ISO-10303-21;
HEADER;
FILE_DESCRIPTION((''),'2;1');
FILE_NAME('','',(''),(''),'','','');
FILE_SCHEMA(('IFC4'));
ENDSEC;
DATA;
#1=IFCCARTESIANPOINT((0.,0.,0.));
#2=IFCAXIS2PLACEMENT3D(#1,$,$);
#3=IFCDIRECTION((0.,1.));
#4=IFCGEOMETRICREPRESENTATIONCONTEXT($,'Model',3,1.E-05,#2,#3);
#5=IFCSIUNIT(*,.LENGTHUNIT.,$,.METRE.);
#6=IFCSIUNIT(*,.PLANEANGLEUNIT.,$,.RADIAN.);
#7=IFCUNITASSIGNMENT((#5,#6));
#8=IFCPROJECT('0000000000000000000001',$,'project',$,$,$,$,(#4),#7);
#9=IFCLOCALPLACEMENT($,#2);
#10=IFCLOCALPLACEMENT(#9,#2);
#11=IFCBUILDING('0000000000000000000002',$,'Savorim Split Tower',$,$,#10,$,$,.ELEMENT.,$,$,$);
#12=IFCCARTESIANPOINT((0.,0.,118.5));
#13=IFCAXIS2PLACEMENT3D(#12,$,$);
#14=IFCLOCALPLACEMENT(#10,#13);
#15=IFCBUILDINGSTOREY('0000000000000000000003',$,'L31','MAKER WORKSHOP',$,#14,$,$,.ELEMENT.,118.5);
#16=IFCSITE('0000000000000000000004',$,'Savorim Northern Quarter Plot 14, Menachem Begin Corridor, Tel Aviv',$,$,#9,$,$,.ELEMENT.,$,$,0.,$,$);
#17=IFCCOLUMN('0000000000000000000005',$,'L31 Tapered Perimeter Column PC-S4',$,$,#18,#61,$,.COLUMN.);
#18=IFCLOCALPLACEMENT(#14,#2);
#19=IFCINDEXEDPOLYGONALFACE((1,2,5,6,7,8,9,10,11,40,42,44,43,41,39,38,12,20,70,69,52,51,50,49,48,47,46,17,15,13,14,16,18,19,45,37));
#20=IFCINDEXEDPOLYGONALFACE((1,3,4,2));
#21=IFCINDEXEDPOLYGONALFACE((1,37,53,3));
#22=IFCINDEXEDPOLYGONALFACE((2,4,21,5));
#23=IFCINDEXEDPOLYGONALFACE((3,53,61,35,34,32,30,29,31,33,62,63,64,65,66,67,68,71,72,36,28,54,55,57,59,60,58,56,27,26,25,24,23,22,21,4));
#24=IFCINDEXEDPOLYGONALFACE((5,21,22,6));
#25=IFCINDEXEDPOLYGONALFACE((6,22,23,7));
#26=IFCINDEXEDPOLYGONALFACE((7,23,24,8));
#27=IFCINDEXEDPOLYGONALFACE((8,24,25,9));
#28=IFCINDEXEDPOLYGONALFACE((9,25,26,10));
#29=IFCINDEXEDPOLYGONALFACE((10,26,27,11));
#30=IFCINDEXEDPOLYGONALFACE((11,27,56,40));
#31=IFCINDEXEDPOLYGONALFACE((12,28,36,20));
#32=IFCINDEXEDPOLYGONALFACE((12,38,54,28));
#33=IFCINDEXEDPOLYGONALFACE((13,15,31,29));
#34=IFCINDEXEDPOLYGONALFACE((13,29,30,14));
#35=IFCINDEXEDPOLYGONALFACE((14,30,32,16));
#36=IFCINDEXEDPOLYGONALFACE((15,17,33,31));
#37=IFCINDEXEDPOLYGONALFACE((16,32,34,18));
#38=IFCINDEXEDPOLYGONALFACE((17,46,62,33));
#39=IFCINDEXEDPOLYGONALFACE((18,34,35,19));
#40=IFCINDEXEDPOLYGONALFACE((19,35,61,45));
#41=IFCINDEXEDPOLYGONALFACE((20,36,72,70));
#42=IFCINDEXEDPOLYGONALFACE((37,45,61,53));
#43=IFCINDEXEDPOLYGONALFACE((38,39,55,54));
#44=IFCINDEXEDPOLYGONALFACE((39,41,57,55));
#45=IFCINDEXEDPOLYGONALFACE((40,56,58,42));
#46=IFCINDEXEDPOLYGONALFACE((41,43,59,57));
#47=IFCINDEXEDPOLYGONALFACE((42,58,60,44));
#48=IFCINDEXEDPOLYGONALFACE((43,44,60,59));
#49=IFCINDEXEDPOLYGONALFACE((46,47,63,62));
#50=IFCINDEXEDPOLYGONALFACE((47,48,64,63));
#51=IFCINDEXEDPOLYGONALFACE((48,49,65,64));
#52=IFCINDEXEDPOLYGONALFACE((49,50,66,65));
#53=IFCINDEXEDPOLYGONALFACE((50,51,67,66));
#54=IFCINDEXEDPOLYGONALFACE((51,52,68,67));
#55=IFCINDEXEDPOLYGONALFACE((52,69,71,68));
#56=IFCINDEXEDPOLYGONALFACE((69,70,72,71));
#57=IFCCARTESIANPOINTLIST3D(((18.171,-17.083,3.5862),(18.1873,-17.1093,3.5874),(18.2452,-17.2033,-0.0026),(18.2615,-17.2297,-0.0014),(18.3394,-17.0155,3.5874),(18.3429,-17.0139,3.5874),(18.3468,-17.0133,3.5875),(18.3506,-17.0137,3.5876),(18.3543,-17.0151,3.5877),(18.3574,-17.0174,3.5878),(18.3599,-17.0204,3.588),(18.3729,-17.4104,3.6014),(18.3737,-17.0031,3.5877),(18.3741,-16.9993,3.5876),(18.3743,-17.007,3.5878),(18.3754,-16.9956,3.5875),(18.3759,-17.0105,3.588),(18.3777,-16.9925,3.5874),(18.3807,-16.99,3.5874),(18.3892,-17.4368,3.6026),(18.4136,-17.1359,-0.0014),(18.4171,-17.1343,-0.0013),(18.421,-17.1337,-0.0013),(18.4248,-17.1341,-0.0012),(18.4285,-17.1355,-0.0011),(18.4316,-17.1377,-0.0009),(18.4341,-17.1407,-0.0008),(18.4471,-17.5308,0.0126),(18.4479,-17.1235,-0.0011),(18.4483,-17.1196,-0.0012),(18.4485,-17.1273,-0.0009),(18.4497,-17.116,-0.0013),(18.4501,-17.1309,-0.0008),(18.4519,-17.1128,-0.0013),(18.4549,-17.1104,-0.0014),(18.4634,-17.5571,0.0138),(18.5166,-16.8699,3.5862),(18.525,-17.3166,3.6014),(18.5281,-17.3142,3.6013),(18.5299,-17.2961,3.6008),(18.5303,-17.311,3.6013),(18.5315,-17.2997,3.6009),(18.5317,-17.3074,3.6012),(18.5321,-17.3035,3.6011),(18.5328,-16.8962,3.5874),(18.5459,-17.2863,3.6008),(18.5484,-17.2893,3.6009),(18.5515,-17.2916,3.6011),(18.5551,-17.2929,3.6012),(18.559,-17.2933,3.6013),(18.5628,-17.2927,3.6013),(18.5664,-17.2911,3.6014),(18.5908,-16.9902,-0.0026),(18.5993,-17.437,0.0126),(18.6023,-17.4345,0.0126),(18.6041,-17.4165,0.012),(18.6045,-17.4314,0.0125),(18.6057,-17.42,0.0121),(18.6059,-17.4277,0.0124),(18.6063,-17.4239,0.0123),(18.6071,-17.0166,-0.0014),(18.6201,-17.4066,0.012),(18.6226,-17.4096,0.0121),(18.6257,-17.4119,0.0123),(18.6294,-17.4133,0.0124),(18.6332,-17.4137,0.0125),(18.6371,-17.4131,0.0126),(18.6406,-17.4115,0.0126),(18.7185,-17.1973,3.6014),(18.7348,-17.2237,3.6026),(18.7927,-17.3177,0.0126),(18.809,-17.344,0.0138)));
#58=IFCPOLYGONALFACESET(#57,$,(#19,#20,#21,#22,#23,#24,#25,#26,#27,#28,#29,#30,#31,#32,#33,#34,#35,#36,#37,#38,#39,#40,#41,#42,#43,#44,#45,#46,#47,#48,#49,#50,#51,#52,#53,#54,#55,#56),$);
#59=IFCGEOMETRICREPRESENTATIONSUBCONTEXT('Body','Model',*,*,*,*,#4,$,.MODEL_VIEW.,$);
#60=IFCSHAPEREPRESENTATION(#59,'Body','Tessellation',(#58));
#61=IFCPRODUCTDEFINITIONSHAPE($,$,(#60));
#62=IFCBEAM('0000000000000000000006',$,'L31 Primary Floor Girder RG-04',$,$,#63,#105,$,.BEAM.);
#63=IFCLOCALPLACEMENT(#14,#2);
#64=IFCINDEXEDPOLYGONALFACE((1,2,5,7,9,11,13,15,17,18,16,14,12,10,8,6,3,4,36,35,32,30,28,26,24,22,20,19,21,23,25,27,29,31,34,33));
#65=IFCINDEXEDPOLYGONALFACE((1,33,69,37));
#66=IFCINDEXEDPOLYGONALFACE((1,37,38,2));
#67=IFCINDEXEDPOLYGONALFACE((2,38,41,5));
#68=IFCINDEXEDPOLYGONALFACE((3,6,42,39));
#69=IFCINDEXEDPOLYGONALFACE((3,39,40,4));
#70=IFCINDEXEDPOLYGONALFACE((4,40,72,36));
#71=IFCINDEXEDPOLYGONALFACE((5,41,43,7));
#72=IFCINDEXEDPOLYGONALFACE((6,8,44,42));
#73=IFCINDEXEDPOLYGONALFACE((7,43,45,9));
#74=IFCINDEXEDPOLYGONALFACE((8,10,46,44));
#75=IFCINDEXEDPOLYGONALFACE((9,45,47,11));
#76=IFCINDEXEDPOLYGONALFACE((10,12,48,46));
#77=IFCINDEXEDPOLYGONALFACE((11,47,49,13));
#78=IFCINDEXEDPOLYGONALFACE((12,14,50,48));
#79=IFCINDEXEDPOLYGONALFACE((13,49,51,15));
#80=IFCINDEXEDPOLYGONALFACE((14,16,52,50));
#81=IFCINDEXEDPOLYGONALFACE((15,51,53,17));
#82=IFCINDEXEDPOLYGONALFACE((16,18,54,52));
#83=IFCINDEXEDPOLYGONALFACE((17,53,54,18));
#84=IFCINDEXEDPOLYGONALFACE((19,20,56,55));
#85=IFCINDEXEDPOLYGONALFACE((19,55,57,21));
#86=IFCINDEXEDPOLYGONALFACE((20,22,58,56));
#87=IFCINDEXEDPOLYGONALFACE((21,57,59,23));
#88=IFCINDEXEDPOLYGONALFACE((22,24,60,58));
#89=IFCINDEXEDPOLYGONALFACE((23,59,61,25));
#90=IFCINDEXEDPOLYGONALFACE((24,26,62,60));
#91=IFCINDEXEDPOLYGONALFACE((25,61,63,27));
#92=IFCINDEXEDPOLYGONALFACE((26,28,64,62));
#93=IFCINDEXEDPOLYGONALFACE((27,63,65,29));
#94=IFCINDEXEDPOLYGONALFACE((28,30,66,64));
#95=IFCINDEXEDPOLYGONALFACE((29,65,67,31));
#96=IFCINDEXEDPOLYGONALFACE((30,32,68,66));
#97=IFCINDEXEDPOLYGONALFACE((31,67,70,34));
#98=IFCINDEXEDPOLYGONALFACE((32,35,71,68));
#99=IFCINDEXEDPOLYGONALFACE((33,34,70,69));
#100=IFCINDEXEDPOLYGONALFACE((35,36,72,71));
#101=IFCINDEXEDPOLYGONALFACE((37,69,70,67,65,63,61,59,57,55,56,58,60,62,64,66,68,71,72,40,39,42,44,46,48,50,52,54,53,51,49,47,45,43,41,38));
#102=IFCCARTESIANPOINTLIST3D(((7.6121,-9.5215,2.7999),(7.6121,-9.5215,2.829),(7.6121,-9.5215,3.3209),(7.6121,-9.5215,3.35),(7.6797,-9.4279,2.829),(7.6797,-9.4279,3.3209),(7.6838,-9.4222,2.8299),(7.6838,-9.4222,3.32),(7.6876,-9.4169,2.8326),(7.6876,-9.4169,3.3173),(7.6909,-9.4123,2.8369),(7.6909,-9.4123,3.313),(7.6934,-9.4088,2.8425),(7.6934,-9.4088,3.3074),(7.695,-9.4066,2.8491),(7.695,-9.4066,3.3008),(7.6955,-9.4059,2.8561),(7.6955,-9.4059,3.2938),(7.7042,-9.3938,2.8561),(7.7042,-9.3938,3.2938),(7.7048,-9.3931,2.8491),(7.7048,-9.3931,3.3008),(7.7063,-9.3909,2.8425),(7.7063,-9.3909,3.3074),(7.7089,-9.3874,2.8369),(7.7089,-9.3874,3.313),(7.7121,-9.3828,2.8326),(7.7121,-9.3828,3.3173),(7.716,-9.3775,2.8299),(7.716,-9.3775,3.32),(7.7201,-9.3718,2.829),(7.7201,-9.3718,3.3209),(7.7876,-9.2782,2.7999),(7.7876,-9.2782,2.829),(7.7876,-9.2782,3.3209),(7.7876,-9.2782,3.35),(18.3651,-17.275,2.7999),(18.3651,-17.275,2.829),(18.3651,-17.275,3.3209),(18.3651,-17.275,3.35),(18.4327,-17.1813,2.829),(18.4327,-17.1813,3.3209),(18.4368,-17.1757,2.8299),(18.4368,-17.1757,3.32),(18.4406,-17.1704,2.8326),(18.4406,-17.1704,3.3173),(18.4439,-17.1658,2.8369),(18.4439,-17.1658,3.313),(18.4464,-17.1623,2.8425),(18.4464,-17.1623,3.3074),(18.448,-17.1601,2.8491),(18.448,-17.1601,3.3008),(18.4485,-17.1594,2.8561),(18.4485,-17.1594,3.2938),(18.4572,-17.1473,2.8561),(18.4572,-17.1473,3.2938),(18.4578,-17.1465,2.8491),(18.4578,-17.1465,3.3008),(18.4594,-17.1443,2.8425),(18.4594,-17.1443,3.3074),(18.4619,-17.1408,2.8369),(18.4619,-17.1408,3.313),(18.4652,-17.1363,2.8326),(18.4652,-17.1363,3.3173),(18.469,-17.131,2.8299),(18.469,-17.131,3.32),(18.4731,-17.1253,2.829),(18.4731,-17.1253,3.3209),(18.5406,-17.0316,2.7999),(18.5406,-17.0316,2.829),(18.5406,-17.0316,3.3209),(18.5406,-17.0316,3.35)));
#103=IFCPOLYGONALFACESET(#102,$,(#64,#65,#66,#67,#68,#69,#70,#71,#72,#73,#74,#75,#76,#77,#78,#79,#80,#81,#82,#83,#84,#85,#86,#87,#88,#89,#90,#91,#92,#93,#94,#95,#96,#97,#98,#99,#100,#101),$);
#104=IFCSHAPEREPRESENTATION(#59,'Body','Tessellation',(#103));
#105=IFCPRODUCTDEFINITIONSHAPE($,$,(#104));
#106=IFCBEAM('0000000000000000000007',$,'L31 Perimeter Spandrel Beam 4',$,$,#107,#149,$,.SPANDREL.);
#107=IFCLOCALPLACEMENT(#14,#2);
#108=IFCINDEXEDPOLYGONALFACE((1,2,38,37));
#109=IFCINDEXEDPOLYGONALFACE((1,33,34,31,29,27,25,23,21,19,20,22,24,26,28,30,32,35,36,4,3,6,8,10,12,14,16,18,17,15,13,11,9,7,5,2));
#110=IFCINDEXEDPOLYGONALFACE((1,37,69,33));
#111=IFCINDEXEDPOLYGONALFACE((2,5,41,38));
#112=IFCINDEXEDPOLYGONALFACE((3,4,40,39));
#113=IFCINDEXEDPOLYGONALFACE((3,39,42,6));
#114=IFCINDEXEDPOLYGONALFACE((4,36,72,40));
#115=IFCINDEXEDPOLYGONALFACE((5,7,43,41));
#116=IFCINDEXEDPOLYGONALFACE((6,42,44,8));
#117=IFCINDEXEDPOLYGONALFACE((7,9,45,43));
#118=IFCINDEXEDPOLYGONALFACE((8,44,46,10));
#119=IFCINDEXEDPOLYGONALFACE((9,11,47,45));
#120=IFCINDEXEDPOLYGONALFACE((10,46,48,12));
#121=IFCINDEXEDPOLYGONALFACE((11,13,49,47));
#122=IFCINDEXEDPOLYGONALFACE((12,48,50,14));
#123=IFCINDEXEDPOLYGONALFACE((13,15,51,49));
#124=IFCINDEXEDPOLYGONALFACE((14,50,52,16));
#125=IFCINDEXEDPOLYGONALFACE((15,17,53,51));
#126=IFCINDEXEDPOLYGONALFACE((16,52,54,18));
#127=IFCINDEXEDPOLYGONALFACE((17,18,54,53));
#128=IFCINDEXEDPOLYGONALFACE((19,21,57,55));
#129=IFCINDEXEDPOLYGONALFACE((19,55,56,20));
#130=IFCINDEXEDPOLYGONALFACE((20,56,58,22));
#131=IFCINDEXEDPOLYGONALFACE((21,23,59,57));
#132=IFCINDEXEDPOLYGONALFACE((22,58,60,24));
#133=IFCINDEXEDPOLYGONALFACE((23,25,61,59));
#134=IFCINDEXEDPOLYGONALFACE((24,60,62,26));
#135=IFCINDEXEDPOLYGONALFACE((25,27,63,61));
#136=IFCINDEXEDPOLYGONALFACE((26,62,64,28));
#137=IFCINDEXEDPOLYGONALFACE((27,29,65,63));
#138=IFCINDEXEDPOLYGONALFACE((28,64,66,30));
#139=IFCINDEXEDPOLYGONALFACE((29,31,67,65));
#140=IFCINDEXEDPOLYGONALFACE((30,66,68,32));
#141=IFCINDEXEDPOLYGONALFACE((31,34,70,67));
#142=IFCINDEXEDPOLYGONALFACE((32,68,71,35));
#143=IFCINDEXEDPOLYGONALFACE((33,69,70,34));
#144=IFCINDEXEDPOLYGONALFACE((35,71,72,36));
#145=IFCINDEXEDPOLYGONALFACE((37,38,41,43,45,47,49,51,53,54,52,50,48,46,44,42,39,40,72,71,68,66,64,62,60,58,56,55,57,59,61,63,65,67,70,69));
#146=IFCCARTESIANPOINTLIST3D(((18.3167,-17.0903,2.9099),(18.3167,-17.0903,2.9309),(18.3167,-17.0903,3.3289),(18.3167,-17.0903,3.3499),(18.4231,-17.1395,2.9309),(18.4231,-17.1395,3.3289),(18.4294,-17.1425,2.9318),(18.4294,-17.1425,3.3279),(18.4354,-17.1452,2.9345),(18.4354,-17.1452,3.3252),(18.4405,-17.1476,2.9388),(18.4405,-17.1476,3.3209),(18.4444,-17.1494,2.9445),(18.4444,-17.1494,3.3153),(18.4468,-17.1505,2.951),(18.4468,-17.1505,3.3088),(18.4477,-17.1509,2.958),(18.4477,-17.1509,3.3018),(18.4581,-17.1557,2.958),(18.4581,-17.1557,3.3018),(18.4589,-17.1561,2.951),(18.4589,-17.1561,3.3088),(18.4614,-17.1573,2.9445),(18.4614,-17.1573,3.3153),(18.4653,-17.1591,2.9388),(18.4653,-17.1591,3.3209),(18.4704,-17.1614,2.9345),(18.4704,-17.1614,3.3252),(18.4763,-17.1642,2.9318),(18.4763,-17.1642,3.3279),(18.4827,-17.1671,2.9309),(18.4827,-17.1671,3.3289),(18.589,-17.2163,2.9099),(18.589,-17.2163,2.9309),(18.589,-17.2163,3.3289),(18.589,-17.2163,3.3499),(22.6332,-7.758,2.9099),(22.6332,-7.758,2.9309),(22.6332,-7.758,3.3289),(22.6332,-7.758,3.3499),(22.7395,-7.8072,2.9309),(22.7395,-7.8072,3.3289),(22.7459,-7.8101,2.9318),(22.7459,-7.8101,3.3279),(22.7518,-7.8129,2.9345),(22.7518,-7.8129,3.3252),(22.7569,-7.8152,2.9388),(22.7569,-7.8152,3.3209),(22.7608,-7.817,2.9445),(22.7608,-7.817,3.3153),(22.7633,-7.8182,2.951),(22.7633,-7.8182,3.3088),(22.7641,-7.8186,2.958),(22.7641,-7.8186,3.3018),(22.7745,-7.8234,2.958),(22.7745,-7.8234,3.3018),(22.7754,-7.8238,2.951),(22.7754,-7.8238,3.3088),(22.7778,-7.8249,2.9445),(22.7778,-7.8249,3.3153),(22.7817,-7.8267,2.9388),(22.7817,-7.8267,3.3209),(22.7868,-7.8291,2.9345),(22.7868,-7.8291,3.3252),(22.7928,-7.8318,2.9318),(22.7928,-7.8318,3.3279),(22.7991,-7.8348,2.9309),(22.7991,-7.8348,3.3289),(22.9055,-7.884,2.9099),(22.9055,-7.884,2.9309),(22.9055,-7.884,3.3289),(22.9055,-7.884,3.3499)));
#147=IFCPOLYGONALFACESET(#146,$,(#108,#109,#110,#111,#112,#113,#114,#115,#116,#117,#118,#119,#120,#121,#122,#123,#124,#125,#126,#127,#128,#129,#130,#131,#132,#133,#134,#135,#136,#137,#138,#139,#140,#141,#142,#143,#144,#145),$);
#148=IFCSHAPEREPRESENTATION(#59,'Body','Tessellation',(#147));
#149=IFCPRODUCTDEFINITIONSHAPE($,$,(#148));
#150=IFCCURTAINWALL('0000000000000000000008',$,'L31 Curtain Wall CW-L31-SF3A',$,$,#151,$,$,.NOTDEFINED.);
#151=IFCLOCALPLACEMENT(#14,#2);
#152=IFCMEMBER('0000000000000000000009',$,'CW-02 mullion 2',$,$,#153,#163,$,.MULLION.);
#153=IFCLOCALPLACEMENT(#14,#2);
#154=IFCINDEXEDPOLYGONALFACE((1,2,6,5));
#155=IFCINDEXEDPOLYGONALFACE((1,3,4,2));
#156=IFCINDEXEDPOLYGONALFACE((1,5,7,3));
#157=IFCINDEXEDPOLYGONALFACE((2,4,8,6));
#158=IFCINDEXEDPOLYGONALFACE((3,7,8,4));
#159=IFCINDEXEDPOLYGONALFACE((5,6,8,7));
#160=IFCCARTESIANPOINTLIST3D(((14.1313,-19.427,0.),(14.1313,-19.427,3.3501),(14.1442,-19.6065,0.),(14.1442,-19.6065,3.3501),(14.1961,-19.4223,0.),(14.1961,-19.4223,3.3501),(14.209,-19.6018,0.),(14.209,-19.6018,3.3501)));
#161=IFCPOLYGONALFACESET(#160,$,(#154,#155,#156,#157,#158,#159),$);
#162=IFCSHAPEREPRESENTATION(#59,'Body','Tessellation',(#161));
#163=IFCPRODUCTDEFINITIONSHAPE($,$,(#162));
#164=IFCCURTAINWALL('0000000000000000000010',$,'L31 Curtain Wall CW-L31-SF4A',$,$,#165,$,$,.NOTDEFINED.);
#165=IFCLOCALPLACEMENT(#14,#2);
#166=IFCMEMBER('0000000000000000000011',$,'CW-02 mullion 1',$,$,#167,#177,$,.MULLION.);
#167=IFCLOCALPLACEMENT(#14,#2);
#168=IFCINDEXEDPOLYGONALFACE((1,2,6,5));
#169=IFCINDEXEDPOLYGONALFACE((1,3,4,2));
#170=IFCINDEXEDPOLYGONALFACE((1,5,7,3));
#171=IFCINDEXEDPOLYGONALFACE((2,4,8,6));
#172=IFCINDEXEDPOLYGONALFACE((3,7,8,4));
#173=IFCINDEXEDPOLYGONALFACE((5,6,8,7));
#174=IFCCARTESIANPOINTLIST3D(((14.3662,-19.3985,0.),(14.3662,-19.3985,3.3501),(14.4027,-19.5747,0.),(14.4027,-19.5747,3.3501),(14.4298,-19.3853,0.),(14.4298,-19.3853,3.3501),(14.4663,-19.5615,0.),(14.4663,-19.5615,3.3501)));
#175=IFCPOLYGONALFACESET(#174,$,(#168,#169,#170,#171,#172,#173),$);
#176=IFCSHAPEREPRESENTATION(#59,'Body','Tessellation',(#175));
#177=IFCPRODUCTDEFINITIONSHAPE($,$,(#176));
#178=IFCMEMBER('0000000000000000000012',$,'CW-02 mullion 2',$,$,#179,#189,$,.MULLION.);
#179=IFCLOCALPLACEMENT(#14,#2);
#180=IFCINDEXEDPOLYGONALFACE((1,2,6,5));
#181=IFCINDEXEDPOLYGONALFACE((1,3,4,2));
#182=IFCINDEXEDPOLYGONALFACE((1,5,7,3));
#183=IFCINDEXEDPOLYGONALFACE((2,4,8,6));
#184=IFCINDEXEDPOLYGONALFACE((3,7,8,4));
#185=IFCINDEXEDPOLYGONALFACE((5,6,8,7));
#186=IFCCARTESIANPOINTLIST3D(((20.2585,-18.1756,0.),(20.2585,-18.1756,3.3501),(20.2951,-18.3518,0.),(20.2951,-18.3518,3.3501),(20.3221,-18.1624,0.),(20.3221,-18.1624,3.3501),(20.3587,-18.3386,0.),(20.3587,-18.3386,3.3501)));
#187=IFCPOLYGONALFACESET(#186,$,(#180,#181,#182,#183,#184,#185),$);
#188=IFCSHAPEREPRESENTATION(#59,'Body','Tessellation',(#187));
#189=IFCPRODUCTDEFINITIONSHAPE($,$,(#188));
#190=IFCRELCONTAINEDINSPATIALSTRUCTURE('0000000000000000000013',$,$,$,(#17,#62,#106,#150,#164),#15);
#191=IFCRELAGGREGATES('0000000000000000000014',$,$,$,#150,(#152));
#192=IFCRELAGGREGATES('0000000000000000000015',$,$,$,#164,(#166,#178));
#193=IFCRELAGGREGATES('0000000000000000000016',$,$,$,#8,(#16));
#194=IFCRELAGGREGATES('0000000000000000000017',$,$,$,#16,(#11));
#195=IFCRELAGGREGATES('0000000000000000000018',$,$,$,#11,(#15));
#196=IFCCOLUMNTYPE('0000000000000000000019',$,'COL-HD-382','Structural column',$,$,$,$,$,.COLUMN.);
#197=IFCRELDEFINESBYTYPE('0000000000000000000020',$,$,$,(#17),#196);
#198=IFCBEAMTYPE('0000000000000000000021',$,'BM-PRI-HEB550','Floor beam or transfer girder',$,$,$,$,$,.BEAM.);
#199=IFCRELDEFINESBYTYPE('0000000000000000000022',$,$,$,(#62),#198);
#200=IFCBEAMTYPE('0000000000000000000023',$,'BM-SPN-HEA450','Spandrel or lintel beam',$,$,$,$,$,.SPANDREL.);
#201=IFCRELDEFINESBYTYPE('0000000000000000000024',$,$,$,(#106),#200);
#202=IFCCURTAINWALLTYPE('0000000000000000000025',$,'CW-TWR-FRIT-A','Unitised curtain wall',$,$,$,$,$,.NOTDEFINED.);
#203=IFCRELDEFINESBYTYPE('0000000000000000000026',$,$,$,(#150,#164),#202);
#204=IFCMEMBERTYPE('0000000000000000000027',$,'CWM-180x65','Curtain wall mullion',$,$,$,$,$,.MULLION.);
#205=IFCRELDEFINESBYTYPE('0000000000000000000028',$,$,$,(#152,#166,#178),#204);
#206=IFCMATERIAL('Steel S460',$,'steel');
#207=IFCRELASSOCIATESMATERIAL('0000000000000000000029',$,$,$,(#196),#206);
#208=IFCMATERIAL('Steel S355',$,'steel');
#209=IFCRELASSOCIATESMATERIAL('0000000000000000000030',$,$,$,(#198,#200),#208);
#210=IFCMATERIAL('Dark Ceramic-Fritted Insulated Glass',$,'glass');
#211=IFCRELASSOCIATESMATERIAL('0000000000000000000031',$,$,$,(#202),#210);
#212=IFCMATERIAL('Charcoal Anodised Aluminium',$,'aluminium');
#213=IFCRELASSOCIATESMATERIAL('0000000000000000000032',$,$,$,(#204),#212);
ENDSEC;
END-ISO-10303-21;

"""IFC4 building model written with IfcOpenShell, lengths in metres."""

from ifc_helpers import new_model, si_unit, direction, frame, origin, origin_2d, place, context, subcontext, project, spatial, rectangle, i_section, extrude, material, material_profile, profile_set, type_object, element, aggregate, save


model = new_model("IFC4")

# Units and contexts
model_context = context("Model", 3, precision=1e-05, world=origin(), true_north=direction((0.0, 1.0)))
body_context = subcontext(model_context, "Body", "Model", "MODEL_VIEW")
ifc_project = project(units=[si_unit("LENGTHUNIT", "METRE"), si_unit("PLANEANGLEUNIT", "RADIAN")], contexts=[model_context])

# Site, building, storey
site_placement = place(None, origin())
site = spatial("IfcSite", under=ifc_project, at=site_placement, Name="Savorim Northern Quarter Plot 14, Menachem Begin Corridor, Tel Aviv", CompositionType="ELEMENT", RefElevation=0.0)
building_placement = place(site_placement, origin())
building = spatial("IfcBuilding", under=site, at=building_placement, Name="Savorim Split Tower", CompositionType="ELEMENT")
storey_placement = place(building_placement, frame((0.0, 0.0, 118.5)))
storey = spatial("IfcBuildingStorey", under=building, at=storey_placement, Name="L31", Description="MAKER WORKSHOP", CompositionType="ELEMENT", Elevation=118.5)

# Column
ifc_material_1 = material(Name="Steel S460", Category="steel")
ifc_material_profile_1 = material_profile(ifc_material_1, i_section(OverallWidth=0.406, OverallDepth=0.416, WebThickness=0.0188, FlangeThickness=0.031, FilletRadius=0.0149, at=origin_2d()), Name="HD 400x382")
ifc_profile_set_1 = profile_set([ifc_material_profile_1], Name="Steel S460")
column_type = type_object("IfcColumnType", Name="COL-HD-382", Description="Structural column", PredefinedType="COLUMN", material=ifc_profile_set_1)
column_placement = place(storey_placement, frame((18.5271, -17.2737, 0.0056), z_axis=(-0.020664, 0.033511, 0.999225), x_axis=(-0.851184, -0.524868, 0.0)))
element("IfcColumn", 1, at=column_placement, inside=storey, type_object=column_type, Name="L31 Tapered Perimeter Column PC-S4", PredefinedType="COLUMN", context=body_context, shape_type="SweptSolid", body=[
    extrude(i_section(OverallWidth=0.406, OverallDepth=0.416, WebThickness=0.0188, FlangeThickness=0.031, FilletRadius=0.0149, at=origin_2d()), origin(), (0.0, 0.0, 1.0), 3.5916),
])

# Beams
ifc_material_2 = material(Name="Steel S355", Category="steel")
ifc_material_profile_2 = material_profile(ifc_material_2, i_section(OverallWidth=0.3, OverallDepth=0.55, WebThickness=0.0149, FlangeThickness=0.0291, FilletRadius=0.0271, at=origin_2d()), Name="HEB 550")
ifc_profile_set_2 = profile_set([ifc_material_profile_2], Name="Steel S355")
beam_type_1 = type_object("IfcBeamType", Name="BM-PRI-HEB550", Description="Floor beam or transfer girder", PredefinedType="BEAM", material=ifc_profile_set_2)
beam_1_placement = place(storey_placement, frame((18.4529, -17.1533, 3.075), z_axis=(-0.81113, 0.584866, 0.0), x_axis=(-0.584866, -0.81113, 0.0)))
element("IfcBeam", 2, at=beam_1_placement, inside=storey, type_object=beam_type_1, Name="L31 Primary Floor Girder RG-04", PredefinedType="BEAM", context=body_context, shape_type="SweptSolid", body=[
    extrude(i_section(OverallWidth=0.3, OverallDepth=0.55, WebThickness=0.0149, FlangeThickness=0.0291, FilletRadius=0.0271, at=origin_2d()), origin(), (0.0, 0.0, 1.0), 13.2568),
])
ifc_material_profile_3 = material_profile(ifc_material_2, i_section(OverallWidth=0.3, OverallDepth=0.4399, WebThickness=0.0115, FlangeThickness=0.021, FilletRadius=0.0271, at=origin_2d()), Name="HEA 450")
ifc_profile_set_3 = profile_set([ifc_material_profile_3], Name="Steel S355")
beam_type_2 = type_object("IfcBeamType", Name="BM-SPN-HEA450", Description="Spandrel or lintel beam", PredefinedType="SPANDREL", material=ifc_profile_set_3)
beam_2_placement = place(storey_placement, frame((18.4529, -17.1533, 3.1299), z_axis=(0.419796, 0.907619, 0.0), x_axis=(-0.907619, 0.419796, 0.0)))
element("IfcBeam", 3, at=beam_2_placement, inside=storey, type_object=beam_type_2, Name="L31 Perimeter Spandrel Beam 4", PredefinedType="SPANDREL", context=body_context, shape_type="SweptSolid", body=[
    extrude(i_section(OverallWidth=0.3, OverallDepth=0.4399, WebThickness=0.0115, FlangeThickness=0.021, FilletRadius=0.0271, at=origin_2d()), origin(), (0.0, 0.0, 1.0), 10.2822),
])

# Curtain wall, member
ifc_material_3 = material(Name="Dark Ceramic-Fritted Insulated Glass", Category="glass")
curtain_wall_type = type_object("IfcCurtainWallType", Name="CW-TWR-FRIT-A", Description="Unitised curtain wall", PredefinedType="NOTDEFINED", material=ifc_material_3)
curtain_wall_1_placement = place(storey_placement, origin())
curtain_wall_1 = element("IfcCurtainWall", 4, at=curtain_wall_1_placement, inside=storey, type_object=curtain_wall_type, Name="L31 Curtain Wall CW-L31-SF3A", PredefinedType="NOTDEFINED")
ifc_material_4 = material(Name="Charcoal Anodised Aluminium", Category="aluminium")
ifc_material_profile_4 = material_profile(ifc_material_4, rectangle(XDim=0.1799, YDim=0.0649, at=origin_2d()), Name="ALU-M 180x65")
ifc_profile_set_4 = profile_set([ifc_material_profile_4], Name="Charcoal Anodised Aluminium")
member_type_1 = type_object("IfcMemberType", Name="CWM-180x65", Description="Curtain wall mullion", PredefinedType="MULLION", material=ifc_profile_set_4)
member_1_placement = place(storey_placement, frame((14.1702, -19.5144, 0.0), z_axis=(0.0, 0.0, 1.0), x_axis=(-0.071549, 0.997437, 0.0)))
member_1 = element("IfcMember", 5, at=member_1_placement, type_object=member_type_1, Name="CW-02 mullion 2", PredefinedType="MULLION", context=body_context, shape_type="SweptSolid", body=[
    extrude(rectangle(XDim=0.1799, YDim=0.0649, at=origin_2d()), origin(), (0.0, 0.0, 1.0), 3.3501),
])
aggregate(curtain_wall_1, [member_1])

# Curtain wall, members
curtain_wall_2_placement = place(storey_placement, origin())
curtain_wall_2 = element("IfcCurtainWall", 6, at=curtain_wall_2_placement, inside=storey, type_object=curtain_wall_type, Name="L31 Curtain Wall CW-L31-SF4A", PredefinedType="NOTDEFINED")
member_2_placement = place(storey_placement, frame((14.4163, -19.48, 0.0), z_axis=(0.0, 0.0, 1.0), x_axis=(-0.203216, 0.979134, 0.0)))
member_2 = element("IfcMember", 7, at=member_2_placement, type_object=member_type_1, Name="CW-02 mullion 1", PredefinedType="MULLION", context=body_context, shape_type="SweptSolid", body=[
    extrude(rectangle(XDim=0.1799, YDim=0.0649, at=origin_2d()), origin(), (0.0, 0.0, 1.0), 3.3501),
])
member_3_placement = place(storey_placement, frame((20.3086, -18.2571, 0.0), z_axis=(0.0, 0.0, 1.0), x_axis=(-0.203216, 0.979134, 0.0)))
member_3 = element("IfcMember", 8, at=member_3_placement, type_object=member_type_1, Name="CW-02 mullion 2", PredefinedType="MULLION", context=body_context, shape_type="SweptSolid", body=[
    extrude(rectangle(XDim=0.1799, YDim=0.0649, at=origin_2d()), origin(), (0.0, 0.0, 1.0), 3.3501),
])

aggregate(curtain_wall_2, [member_2, member_3])

save(model, "model.ifc")
